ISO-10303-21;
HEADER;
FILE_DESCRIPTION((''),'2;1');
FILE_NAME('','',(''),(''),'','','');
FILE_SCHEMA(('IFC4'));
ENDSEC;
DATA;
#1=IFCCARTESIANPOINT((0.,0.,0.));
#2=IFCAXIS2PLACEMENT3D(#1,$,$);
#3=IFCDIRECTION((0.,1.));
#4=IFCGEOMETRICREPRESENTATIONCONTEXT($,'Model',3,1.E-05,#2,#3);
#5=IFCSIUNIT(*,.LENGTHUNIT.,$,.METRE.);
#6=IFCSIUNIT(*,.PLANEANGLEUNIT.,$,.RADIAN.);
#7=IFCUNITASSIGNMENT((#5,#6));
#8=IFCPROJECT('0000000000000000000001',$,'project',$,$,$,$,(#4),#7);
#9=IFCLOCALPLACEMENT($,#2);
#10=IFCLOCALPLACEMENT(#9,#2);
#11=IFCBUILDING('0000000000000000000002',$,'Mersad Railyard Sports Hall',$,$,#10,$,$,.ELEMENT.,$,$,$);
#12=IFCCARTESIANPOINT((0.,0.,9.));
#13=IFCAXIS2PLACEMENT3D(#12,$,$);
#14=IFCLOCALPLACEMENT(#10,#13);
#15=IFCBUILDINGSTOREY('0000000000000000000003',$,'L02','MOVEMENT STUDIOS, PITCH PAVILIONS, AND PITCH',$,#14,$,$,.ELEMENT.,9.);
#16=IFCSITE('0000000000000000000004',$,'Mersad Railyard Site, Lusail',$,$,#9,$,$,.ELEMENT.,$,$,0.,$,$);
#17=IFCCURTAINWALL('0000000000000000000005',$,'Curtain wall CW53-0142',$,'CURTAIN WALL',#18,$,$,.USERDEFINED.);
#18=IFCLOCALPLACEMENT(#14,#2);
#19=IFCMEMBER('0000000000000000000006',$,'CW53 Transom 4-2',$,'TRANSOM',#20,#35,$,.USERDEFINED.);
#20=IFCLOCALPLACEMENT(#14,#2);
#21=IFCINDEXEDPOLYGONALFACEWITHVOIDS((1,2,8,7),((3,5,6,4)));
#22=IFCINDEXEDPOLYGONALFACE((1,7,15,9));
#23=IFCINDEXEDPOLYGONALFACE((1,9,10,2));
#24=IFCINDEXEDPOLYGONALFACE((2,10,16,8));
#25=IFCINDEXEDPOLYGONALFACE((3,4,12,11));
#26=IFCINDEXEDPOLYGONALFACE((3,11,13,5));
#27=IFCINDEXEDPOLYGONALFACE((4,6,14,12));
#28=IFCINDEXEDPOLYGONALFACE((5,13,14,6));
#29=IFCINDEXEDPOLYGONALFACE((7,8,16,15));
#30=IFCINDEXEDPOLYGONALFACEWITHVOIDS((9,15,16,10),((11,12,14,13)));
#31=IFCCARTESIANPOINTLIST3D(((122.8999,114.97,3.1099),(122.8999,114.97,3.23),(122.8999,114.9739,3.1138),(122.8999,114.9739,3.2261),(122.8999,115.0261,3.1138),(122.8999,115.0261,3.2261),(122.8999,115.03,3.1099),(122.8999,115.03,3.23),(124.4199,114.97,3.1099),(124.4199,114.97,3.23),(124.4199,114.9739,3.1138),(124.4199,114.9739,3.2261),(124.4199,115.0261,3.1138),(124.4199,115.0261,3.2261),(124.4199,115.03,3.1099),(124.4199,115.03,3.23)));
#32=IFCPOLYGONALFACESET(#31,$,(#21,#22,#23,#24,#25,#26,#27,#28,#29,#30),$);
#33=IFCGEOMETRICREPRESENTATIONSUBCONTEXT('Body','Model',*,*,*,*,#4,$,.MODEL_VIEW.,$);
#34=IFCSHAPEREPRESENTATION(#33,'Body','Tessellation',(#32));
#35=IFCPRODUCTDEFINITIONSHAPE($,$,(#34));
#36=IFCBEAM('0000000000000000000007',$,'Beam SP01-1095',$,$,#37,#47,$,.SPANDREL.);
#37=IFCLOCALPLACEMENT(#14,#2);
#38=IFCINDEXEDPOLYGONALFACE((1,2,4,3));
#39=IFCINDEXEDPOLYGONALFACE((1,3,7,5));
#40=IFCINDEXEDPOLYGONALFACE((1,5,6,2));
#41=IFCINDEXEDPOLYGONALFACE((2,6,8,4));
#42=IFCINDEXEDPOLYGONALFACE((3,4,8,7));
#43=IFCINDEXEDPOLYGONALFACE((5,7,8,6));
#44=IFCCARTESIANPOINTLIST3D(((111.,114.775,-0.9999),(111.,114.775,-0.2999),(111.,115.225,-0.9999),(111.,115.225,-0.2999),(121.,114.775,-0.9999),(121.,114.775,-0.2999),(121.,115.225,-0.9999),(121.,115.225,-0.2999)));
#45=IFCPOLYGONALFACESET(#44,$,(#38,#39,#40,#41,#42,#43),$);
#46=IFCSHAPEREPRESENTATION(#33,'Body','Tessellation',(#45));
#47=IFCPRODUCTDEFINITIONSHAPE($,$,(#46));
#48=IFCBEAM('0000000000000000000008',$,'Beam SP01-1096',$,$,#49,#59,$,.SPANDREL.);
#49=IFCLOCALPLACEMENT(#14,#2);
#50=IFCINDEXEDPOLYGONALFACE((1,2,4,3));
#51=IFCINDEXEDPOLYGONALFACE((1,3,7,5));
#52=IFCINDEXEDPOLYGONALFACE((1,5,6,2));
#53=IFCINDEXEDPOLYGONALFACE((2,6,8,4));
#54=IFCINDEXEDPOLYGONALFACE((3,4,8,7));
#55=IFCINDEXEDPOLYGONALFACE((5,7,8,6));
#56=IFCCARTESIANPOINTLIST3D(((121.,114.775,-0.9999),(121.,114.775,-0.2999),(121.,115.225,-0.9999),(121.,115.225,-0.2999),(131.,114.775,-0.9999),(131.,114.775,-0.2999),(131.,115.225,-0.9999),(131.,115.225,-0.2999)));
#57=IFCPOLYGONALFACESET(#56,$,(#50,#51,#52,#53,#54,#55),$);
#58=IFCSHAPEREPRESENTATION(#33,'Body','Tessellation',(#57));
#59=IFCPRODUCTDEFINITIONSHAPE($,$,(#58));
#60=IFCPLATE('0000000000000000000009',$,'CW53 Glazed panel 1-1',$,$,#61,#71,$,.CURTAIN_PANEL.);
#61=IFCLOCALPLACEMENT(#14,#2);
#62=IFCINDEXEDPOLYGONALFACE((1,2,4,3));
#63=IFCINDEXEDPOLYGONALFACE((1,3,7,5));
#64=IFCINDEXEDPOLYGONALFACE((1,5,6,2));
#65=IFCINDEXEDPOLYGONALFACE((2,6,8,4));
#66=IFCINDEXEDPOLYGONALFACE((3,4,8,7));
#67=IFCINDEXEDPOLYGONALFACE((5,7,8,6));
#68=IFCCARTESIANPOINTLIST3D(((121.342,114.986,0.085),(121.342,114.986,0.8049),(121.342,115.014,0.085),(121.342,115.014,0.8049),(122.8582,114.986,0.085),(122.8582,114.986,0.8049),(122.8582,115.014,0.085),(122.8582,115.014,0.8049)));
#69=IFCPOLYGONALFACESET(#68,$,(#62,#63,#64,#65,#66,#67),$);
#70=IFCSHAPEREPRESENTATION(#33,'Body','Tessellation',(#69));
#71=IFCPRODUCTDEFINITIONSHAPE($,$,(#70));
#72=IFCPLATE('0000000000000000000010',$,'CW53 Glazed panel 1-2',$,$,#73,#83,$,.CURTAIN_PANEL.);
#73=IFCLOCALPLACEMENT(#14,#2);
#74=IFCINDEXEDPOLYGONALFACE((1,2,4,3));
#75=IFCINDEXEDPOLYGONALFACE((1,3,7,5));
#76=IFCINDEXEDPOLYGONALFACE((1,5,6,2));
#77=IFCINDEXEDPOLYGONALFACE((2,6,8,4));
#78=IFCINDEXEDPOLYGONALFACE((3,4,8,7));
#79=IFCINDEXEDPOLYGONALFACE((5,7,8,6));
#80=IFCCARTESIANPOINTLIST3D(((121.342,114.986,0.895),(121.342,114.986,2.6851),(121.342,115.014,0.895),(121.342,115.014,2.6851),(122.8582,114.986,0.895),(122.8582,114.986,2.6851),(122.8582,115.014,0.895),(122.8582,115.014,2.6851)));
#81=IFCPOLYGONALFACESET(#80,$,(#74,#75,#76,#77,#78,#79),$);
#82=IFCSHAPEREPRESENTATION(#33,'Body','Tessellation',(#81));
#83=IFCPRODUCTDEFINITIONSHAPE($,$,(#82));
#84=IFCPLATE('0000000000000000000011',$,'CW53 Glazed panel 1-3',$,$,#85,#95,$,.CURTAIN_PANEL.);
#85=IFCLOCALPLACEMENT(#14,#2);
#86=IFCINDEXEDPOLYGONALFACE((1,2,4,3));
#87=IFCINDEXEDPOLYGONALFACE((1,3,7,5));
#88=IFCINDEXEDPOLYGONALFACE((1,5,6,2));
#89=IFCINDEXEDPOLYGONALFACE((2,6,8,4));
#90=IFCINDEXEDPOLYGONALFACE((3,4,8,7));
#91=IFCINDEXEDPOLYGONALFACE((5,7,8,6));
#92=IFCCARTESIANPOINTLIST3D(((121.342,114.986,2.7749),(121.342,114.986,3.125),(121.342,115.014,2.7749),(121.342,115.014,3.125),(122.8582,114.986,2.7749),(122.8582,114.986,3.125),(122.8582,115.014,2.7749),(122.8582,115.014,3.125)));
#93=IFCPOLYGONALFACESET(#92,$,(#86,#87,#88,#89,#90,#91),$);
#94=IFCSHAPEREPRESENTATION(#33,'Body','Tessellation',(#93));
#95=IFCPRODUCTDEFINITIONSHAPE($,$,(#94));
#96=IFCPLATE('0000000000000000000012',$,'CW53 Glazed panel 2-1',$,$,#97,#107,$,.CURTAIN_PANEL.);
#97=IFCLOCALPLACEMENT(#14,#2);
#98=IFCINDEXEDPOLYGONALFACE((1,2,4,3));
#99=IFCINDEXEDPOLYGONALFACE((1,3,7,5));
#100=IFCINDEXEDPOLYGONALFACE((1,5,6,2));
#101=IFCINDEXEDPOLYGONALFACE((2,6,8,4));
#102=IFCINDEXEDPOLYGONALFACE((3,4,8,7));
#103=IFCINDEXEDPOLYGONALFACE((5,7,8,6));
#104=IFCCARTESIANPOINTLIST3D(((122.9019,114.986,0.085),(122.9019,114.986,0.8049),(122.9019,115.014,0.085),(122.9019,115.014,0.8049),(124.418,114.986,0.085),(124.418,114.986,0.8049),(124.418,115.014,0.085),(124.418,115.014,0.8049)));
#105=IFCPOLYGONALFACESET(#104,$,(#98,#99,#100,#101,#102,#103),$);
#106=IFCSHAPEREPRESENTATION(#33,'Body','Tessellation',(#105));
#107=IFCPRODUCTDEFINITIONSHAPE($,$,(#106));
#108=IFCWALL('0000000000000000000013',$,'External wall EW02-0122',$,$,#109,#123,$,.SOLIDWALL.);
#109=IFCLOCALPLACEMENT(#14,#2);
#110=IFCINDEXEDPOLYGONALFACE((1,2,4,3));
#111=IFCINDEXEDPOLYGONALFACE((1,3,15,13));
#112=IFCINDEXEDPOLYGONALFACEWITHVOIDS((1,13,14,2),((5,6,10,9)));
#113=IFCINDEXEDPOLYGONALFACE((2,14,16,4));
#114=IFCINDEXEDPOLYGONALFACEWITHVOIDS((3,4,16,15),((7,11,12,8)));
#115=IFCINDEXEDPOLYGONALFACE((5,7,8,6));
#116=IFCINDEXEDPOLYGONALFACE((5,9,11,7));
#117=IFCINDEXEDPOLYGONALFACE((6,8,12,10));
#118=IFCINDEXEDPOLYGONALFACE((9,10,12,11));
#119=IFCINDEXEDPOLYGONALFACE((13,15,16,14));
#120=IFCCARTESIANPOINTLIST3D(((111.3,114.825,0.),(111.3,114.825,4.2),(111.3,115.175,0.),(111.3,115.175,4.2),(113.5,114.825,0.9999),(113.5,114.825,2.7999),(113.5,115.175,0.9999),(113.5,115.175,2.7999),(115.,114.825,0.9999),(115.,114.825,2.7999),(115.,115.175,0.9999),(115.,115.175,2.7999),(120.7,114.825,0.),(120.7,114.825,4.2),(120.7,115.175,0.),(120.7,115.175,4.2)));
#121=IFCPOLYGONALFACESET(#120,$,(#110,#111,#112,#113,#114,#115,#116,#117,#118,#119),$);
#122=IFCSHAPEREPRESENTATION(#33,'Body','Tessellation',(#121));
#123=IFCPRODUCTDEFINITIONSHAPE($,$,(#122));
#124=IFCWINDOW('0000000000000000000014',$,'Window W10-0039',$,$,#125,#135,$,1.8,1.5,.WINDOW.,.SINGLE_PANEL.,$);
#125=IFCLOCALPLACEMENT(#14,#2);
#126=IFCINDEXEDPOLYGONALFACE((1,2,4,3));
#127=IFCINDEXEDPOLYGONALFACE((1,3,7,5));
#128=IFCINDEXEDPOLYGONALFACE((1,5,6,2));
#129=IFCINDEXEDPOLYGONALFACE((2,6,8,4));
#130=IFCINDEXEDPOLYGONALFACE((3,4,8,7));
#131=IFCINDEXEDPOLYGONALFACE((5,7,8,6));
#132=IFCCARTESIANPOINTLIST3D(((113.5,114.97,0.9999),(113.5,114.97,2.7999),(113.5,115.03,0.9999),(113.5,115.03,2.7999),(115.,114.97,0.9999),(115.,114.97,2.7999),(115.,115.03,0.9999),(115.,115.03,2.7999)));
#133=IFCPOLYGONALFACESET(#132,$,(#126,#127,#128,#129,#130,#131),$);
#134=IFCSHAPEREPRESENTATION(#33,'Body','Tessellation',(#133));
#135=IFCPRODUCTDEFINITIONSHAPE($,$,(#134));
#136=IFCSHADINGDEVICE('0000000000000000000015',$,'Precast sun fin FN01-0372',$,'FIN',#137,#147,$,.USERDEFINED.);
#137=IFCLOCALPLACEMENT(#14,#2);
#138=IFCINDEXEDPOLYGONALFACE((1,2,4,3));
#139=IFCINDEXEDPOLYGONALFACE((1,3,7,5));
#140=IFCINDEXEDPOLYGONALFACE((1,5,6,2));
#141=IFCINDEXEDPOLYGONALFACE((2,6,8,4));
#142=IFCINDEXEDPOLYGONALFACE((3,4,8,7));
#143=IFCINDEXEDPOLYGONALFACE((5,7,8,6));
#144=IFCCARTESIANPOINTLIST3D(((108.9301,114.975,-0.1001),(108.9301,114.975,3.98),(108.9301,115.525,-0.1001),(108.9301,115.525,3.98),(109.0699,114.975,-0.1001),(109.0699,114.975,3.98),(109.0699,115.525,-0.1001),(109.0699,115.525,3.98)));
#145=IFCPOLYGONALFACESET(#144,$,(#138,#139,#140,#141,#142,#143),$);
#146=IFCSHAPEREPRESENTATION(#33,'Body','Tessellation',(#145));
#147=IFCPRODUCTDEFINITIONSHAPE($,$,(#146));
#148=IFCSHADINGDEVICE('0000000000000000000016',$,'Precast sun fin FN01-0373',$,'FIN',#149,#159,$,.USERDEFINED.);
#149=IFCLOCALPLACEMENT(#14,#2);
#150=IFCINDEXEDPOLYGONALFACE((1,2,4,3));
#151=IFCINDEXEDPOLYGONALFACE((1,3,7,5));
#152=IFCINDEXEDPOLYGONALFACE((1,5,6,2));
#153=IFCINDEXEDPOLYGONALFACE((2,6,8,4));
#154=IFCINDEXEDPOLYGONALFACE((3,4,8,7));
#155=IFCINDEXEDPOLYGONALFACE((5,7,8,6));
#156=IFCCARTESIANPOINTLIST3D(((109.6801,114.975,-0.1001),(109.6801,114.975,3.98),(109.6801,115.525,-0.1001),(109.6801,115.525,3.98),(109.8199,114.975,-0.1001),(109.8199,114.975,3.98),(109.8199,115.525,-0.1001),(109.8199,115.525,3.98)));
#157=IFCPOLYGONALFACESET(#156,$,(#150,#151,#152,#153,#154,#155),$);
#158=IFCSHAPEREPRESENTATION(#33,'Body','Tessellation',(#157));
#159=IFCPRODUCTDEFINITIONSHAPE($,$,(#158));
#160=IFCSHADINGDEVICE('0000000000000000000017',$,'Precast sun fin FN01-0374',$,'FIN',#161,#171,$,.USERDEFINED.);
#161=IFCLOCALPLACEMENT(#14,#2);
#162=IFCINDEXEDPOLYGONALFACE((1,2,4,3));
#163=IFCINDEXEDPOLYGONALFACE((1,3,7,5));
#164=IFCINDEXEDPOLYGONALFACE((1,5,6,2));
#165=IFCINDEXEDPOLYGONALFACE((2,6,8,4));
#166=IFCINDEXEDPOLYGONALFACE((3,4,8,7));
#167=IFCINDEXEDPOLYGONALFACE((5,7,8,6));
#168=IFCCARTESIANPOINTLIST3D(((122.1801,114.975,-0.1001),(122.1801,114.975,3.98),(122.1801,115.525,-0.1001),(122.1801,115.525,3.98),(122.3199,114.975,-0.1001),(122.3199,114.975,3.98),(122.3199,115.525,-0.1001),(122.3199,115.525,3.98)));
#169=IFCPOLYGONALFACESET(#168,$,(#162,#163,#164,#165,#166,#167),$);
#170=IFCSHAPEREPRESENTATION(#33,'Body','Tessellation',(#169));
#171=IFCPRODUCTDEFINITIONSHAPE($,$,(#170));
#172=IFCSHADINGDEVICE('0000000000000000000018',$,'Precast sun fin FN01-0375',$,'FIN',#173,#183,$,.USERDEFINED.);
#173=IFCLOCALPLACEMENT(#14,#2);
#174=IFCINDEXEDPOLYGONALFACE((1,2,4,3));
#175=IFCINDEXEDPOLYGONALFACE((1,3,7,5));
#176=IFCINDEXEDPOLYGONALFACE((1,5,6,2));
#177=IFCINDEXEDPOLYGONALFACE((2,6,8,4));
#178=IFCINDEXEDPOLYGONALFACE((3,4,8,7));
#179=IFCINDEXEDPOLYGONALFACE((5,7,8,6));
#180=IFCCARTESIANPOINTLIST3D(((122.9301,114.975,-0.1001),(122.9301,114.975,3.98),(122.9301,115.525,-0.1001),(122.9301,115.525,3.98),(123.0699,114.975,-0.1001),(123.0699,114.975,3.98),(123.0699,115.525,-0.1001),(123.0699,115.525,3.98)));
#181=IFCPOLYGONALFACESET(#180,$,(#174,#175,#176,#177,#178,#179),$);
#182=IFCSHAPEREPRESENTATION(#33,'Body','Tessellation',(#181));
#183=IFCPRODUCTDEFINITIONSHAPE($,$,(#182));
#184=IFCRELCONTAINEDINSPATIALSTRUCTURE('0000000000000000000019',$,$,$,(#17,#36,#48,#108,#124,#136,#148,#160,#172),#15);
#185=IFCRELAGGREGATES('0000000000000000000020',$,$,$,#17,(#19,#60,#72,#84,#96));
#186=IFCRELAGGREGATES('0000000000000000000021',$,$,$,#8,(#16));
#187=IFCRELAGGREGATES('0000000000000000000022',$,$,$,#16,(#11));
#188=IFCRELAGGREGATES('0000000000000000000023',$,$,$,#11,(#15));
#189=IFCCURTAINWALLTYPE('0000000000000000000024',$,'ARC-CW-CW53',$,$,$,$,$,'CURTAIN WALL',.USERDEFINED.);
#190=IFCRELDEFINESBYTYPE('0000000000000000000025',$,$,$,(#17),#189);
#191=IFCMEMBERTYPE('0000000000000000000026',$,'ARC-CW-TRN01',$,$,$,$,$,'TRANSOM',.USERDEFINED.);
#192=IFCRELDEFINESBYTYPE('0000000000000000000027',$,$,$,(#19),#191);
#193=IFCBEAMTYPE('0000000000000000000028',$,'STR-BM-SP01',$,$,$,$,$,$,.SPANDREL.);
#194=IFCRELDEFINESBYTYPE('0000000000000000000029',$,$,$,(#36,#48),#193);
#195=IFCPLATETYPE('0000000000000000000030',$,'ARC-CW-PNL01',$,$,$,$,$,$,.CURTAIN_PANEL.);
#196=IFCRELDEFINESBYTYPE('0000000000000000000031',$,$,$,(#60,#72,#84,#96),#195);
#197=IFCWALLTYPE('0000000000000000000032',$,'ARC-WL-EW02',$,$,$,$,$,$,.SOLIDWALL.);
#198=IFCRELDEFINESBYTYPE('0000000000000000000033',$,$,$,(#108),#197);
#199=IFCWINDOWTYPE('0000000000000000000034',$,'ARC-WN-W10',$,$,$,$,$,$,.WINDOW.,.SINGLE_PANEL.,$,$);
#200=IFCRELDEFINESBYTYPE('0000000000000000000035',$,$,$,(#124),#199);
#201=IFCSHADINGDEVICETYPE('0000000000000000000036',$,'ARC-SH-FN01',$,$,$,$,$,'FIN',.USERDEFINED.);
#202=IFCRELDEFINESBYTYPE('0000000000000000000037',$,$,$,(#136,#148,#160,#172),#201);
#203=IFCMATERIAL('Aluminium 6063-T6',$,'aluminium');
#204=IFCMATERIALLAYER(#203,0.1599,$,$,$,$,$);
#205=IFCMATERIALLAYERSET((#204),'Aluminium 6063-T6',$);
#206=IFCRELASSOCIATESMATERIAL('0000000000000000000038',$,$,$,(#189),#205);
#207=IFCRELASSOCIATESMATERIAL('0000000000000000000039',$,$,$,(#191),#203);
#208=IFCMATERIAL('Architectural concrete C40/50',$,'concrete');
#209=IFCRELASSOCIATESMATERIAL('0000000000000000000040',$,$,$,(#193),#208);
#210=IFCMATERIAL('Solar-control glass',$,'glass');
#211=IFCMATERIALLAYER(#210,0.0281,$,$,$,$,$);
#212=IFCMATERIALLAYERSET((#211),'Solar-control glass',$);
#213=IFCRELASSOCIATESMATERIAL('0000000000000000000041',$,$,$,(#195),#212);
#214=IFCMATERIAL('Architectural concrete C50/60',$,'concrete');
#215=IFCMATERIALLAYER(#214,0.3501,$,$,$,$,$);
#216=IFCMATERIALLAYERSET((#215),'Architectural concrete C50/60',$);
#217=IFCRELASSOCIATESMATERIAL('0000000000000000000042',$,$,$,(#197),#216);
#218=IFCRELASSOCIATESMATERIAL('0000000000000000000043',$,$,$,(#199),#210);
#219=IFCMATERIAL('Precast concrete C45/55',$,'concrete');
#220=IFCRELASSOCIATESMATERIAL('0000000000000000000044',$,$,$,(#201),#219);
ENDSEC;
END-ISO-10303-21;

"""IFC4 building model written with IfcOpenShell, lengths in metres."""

from ifc_helpers import new_model, si_unit, direction, frame, frame_2d, origin, origin_2d, place, context, subcontext, project, spatial, rectangle, hollow_rectangle, extrude, material, layer, layer_set, material_profile, profile_set, type_object, element, fill, aggregate, save


model = new_model("IFC4")

# Units and contexts
model_context = context("Model", 3, precision=1e-05, world=origin(), true_north=direction((0.0, 1.0)))
body_context = subcontext(model_context, "Body", "Model", "MODEL_VIEW")
ifc_project = project(units=[si_unit("LENGTHUNIT", "METRE"), si_unit("PLANEANGLEUNIT", "RADIAN")], contexts=[model_context])

# Site, building, storey
site_placement = place(None, origin())
site = spatial("IfcSite", under=ifc_project, at=site_placement, Name="Mersad Railyard Site, Lusail", CompositionType="ELEMENT", RefElevation=0.0)
building_placement = place(site_placement, origin())
building = spatial("IfcBuilding", under=site, at=building_placement, Name="Mersad Railyard Sports Hall", CompositionType="ELEMENT")
storey_placement = place(building_placement, frame((0.0, 0.0, 9.0)))
storey = spatial("IfcBuildingStorey", under=building, at=storey_placement, Name="L02", Description="MOVEMENT STUDIOS, PITCH PAVILIONS, AND PITCH", CompositionType="ELEMENT", Elevation=9.0)

# Curtain wall, member
ifc_material_1 = material(Name="Aluminium 6063-T6", Category="aluminium")
ifc_layer_1 = layer(ifc_material_1, 0.1599)
ifc_layer_set_1 = layer_set([ifc_layer_1], Name="Aluminium 6063-T6")
curtain_wall_type = type_object("IfcCurtainWallType", Name="ARC-CW-CW53", ElementType="CURTAIN WALL", PredefinedType="USERDEFINED", material=ifc_layer_set_1)
curtain_wall_placement = place(storey_placement, origin())
curtain_wall = element("IfcCurtainWall", 1, at=curtain_wall_placement, inside=storey, type_object=curtain_wall_type, Name="Curtain wall CW53-0142", ObjectType="CURTAIN WALL", PredefinedType="USERDEFINED")
ifc_material_profile_1 = material_profile(ifc_material_1, hollow_rectangle(XDim=0.0601, YDim=0.1201, WallThickness=0.0039, at=origin_2d()), Name="AL TRANSOM 60x120x4")
ifc_profile_set_1 = profile_set([ifc_material_profile_1], Name="Aluminium 6063-T6")
member_type_1 = type_object("IfcMemberType", Name="ARC-CW-TRN01", ElementType="TRANSOM", PredefinedType="USERDEFINED", material=ifc_profile_set_1)
member_1_placement = place(storey_placement, frame((122.8999, 115.0, 3.1699), z_axis=(1.0, 0.0, 0.0), x_axis=(0.0, 1.0, 0.0)))
member_1 = element("IfcMember", 2, at=member_1_placement, type_object=member_type_1, Name="CW53 Transom 4-2", ObjectType="TRANSOM", PredefinedType="USERDEFINED", context=body_context, shape_type="SweptSolid", body=[
    extrude(hollow_rectangle(XDim=0.0601, YDim=0.1201, WallThickness=0.0039, at=origin_2d()), origin(), (0.0, 0.0, 1.0), 1.52),
])

# Beams
ifc_material_2 = material(Name="Architectural concrete C40/50", Category="concrete")
ifc_material_profile_2 = material_profile(ifc_material_2, rectangle(XDim=0.45, YDim=0.7, at=origin_2d()), Name="RC 450x700")
ifc_profile_set_2 = profile_set([ifc_material_profile_2], Name="Architectural concrete C40/50")
beam_type = type_object("IfcBeamType", Name="STR-BM-SP01", PredefinedType="SPANDREL", material=ifc_profile_set_2)
for number, where, z_axis, x_axis, name in (
    (3, (111.0, 115.0, -0.6499), (1.0, 0.0, 0.0), (0.0, 1.0, 0.0), "Beam SP01-1095"),
    (4, (121.0, 115.0, -0.6499), (1.0, 0.0, 0.0), (0.0, 1.0, 0.0), "Beam SP01-1096"),
):
    element("IfcBeam", number, at=place(storey_placement, frame(where, z_axis=z_axis, x_axis=x_axis)), inside=storey, type_object=beam_type, Name=name, PredefinedType="SPANDREL", context=body_context, shape_type="SweptSolid", body=[
        extrude(rectangle(XDim=0.45, YDim=0.7, at=origin_2d()), origin(), (0.0, 0.0, 1.0), 10.0),
    ])

# Plates
ifc_material_3 = material(Name="Solar-control glass", Category="glass")
ifc_layer_2 = layer(ifc_material_3, 0.0281)
ifc_layer_set_2 = layer_set([ifc_layer_2], Name="Solar-control glass")
plate_type = type_object("IfcPlateType", Name="ARC-CW-PNL01", PredefinedType="CURTAIN_PANEL", material=ifc_layer_set_2)
plate_1_placement = place(storey_placement, frame((122.1001, 115.0, 0.085), z_axis=(0.0, 0.0, 1.0), x_axis=(1.0, 0.0, 0.0)))
plate_1 = element("IfcPlate", 5, at=plate_1_placement, type_object=plate_type, Name="CW53 Glazed panel 1-1", PredefinedType="CURTAIN_PANEL", context=body_context, shape_type="SweptSolid", body=[
    extrude(rectangle(XDim=1.5161, YDim=0.0281, at=origin_2d()), origin(), (0.0, 0.0, 1.0), 0.72),
])
plate_2_placement = place(storey_placement, frame((122.1001, 115.0, 0.895), z_axis=(0.0, 0.0, 1.0), x_axis=(1.0, 0.0, 0.0)))
plate_2 = element("IfcPlate", 6, at=plate_2_placement, type_object=plate_type, Name="CW53 Glazed panel 1-2", PredefinedType="CURTAIN_PANEL", context=body_context, shape_type="SweptSolid", body=[
    extrude(rectangle(XDim=1.5161, YDim=0.0281, at=origin_2d()), origin(), (0.0, 0.0, 1.0), 1.79),
])
plate_3_placement = place(storey_placement, frame((122.1001, 115.0, 2.7749), z_axis=(0.0, 0.0, 1.0), x_axis=(1.0, 0.0, 0.0)))
plate_3 = element("IfcPlate", 7, at=plate_3_placement, type_object=plate_type, Name="CW53 Glazed panel 1-3", PredefinedType="CURTAIN_PANEL", context=body_context, shape_type="SweptSolid", body=[
    extrude(rectangle(XDim=1.5161, YDim=0.0281, at=origin_2d()), origin(), (0.0, 0.0, 1.0), 0.3501),
])
plate_4_placement = place(storey_placement, frame((123.6599, 115.0, 0.085), z_axis=(0.0, 0.0, 1.0), x_axis=(1.0, 0.0, 0.0)))
plate_4 = element("IfcPlate", 8, at=plate_4_placement, type_object=plate_type, Name="CW53 Glazed panel 2-1", PredefinedType="CURTAIN_PANEL", context=body_context, shape_type="SweptSolid", body=[
    extrude(rectangle(XDim=1.5161, YDim=0.0281, at=origin_2d()), origin(), (0.0, 0.0, 1.0), 0.72),
])
aggregate(curtain_wall, [member_1, plate_1, plate_2, plate_3, plate_4])

# Wall, opening, window
ifc_material_4 = material(Name="Architectural concrete C50/60", Category="concrete")
ifc_layer_3 = layer(ifc_material_4, 0.3501)
ifc_layer_set_3 = layer_set([ifc_layer_3], Name="Architectural concrete C50/60")
wall_type = type_object("IfcWallType", Name="ARC-WL-EW02", PredefinedType="SOLIDWALL", material=ifc_layer_set_3)
wall_placement = place(storey_placement, frame((111.3, 115.0, 0.0), z_axis=(0.0, 0.0, 1.0), x_axis=(1.0, 0.0, 0.0)))
wall = element("IfcWall", 9, at=wall_placement, inside=storey, type_object=wall_type, Name="External wall EW02-0122", PredefinedType="SOLIDWALL", context=body_context, shape_type="SweptSolid", body=[
    extrude(rectangle(XDim=9.3999, YDim=0.3501, at=frame_2d((4.7, 0.0))), origin(), (0.0, 0.0, 1.0), 4.2),
])
opening_placement = place(wall_placement, frame((2.2, 0.0, 1.0)))
opening = element("IfcOpeningElement", 10, at=opening_placement, cuts=wall, PredefinedType="OPENING", context=body_context, shape_type="SweptSolid", body=[
    extrude(rectangle(XDim=1.5, YDim=1.8, at=frame_2d((0.75, 0.8999))), frame((0.0, 0.1851, 0.0), z_axis=(0.0, -1.0, 0.0), x_axis=(1.0, 0.0, 0.0)), (0.0, 0.0, 1.0), 0.3701),
])
window_type = type_object("IfcWindowType", Name="ARC-WN-W10", PartitioningType="SINGLE_PANEL", PredefinedType="WINDOW", material=ifc_material_3)
window_placement = place(opening_placement, origin())
window = element("IfcWindow", 11, at=window_placement, inside=storey, type_object=window_type, Name="Window W10-0039", OverallHeight=1.8, OverallWidth=1.5, PartitioningType="SINGLE_PANEL", PredefinedType="WINDOW", context=body_context, shape_type="SweptSolid", body=[
    extrude(rectangle(XDim=1.5, YDim=1.8, at=frame_2d((0.75, 0.8999))), frame((0.0, 0.03, 0.0), z_axis=(0.0, -1.0, 0.0), x_axis=(1.0, 0.0, 0.0)), (0.0, 0.0, 1.0), 0.0601),
])
fill(opening, window)

# Shading devices
ifc_material_5 = material(Name="Precast concrete C45/55", Category="concrete")
shading_device_type = type_object("IfcShadingDeviceType", Name="ARC-SH-FN01", ElementType="FIN", PredefinedType="USERDEFINED", material=ifc_material_5)
for number, where, z_axis, x_axis, name in (
    (12, (109.0, 115.25, -0.1001), (0.0, 0.0, 1.0), (1.0, 0.0, 0.0), "Precast sun fin FN01-0372"),
    (13, (109.75, 115.25, -0.1001), (0.0, 0.0, 1.0), (1.0, 0.0, 0.0), "Precast sun fin FN01-0373"),
    (14, (122.25, 115.25, -0.1001), (0.0, 0.0, 1.0), (1.0, 0.0, 0.0), "Precast sun fin FN01-0374"),
    (15, (123.0, 115.25, -0.1001), (0.0, 0.0, 1.0), (1.0, 0.0, 0.0), "Precast sun fin FN01-0375"),
):
    element("IfcShadingDevice", number, at=place(storey_placement, frame(where, z_axis=z_axis, x_axis=x_axis)), inside=storey, type_object=shading_device_type, Name=name, ObjectType="FIN", PredefinedType="USERDEFINED", context=body_context, shape_type="SweptSolid", body=[
        extrude(rectangle(XDim=0.1399, YDim=0.55, at=origin_2d()), origin(), (0.0, 0.0, 1.0), 4.0801),
    ])

save(model, "model.ifc")
